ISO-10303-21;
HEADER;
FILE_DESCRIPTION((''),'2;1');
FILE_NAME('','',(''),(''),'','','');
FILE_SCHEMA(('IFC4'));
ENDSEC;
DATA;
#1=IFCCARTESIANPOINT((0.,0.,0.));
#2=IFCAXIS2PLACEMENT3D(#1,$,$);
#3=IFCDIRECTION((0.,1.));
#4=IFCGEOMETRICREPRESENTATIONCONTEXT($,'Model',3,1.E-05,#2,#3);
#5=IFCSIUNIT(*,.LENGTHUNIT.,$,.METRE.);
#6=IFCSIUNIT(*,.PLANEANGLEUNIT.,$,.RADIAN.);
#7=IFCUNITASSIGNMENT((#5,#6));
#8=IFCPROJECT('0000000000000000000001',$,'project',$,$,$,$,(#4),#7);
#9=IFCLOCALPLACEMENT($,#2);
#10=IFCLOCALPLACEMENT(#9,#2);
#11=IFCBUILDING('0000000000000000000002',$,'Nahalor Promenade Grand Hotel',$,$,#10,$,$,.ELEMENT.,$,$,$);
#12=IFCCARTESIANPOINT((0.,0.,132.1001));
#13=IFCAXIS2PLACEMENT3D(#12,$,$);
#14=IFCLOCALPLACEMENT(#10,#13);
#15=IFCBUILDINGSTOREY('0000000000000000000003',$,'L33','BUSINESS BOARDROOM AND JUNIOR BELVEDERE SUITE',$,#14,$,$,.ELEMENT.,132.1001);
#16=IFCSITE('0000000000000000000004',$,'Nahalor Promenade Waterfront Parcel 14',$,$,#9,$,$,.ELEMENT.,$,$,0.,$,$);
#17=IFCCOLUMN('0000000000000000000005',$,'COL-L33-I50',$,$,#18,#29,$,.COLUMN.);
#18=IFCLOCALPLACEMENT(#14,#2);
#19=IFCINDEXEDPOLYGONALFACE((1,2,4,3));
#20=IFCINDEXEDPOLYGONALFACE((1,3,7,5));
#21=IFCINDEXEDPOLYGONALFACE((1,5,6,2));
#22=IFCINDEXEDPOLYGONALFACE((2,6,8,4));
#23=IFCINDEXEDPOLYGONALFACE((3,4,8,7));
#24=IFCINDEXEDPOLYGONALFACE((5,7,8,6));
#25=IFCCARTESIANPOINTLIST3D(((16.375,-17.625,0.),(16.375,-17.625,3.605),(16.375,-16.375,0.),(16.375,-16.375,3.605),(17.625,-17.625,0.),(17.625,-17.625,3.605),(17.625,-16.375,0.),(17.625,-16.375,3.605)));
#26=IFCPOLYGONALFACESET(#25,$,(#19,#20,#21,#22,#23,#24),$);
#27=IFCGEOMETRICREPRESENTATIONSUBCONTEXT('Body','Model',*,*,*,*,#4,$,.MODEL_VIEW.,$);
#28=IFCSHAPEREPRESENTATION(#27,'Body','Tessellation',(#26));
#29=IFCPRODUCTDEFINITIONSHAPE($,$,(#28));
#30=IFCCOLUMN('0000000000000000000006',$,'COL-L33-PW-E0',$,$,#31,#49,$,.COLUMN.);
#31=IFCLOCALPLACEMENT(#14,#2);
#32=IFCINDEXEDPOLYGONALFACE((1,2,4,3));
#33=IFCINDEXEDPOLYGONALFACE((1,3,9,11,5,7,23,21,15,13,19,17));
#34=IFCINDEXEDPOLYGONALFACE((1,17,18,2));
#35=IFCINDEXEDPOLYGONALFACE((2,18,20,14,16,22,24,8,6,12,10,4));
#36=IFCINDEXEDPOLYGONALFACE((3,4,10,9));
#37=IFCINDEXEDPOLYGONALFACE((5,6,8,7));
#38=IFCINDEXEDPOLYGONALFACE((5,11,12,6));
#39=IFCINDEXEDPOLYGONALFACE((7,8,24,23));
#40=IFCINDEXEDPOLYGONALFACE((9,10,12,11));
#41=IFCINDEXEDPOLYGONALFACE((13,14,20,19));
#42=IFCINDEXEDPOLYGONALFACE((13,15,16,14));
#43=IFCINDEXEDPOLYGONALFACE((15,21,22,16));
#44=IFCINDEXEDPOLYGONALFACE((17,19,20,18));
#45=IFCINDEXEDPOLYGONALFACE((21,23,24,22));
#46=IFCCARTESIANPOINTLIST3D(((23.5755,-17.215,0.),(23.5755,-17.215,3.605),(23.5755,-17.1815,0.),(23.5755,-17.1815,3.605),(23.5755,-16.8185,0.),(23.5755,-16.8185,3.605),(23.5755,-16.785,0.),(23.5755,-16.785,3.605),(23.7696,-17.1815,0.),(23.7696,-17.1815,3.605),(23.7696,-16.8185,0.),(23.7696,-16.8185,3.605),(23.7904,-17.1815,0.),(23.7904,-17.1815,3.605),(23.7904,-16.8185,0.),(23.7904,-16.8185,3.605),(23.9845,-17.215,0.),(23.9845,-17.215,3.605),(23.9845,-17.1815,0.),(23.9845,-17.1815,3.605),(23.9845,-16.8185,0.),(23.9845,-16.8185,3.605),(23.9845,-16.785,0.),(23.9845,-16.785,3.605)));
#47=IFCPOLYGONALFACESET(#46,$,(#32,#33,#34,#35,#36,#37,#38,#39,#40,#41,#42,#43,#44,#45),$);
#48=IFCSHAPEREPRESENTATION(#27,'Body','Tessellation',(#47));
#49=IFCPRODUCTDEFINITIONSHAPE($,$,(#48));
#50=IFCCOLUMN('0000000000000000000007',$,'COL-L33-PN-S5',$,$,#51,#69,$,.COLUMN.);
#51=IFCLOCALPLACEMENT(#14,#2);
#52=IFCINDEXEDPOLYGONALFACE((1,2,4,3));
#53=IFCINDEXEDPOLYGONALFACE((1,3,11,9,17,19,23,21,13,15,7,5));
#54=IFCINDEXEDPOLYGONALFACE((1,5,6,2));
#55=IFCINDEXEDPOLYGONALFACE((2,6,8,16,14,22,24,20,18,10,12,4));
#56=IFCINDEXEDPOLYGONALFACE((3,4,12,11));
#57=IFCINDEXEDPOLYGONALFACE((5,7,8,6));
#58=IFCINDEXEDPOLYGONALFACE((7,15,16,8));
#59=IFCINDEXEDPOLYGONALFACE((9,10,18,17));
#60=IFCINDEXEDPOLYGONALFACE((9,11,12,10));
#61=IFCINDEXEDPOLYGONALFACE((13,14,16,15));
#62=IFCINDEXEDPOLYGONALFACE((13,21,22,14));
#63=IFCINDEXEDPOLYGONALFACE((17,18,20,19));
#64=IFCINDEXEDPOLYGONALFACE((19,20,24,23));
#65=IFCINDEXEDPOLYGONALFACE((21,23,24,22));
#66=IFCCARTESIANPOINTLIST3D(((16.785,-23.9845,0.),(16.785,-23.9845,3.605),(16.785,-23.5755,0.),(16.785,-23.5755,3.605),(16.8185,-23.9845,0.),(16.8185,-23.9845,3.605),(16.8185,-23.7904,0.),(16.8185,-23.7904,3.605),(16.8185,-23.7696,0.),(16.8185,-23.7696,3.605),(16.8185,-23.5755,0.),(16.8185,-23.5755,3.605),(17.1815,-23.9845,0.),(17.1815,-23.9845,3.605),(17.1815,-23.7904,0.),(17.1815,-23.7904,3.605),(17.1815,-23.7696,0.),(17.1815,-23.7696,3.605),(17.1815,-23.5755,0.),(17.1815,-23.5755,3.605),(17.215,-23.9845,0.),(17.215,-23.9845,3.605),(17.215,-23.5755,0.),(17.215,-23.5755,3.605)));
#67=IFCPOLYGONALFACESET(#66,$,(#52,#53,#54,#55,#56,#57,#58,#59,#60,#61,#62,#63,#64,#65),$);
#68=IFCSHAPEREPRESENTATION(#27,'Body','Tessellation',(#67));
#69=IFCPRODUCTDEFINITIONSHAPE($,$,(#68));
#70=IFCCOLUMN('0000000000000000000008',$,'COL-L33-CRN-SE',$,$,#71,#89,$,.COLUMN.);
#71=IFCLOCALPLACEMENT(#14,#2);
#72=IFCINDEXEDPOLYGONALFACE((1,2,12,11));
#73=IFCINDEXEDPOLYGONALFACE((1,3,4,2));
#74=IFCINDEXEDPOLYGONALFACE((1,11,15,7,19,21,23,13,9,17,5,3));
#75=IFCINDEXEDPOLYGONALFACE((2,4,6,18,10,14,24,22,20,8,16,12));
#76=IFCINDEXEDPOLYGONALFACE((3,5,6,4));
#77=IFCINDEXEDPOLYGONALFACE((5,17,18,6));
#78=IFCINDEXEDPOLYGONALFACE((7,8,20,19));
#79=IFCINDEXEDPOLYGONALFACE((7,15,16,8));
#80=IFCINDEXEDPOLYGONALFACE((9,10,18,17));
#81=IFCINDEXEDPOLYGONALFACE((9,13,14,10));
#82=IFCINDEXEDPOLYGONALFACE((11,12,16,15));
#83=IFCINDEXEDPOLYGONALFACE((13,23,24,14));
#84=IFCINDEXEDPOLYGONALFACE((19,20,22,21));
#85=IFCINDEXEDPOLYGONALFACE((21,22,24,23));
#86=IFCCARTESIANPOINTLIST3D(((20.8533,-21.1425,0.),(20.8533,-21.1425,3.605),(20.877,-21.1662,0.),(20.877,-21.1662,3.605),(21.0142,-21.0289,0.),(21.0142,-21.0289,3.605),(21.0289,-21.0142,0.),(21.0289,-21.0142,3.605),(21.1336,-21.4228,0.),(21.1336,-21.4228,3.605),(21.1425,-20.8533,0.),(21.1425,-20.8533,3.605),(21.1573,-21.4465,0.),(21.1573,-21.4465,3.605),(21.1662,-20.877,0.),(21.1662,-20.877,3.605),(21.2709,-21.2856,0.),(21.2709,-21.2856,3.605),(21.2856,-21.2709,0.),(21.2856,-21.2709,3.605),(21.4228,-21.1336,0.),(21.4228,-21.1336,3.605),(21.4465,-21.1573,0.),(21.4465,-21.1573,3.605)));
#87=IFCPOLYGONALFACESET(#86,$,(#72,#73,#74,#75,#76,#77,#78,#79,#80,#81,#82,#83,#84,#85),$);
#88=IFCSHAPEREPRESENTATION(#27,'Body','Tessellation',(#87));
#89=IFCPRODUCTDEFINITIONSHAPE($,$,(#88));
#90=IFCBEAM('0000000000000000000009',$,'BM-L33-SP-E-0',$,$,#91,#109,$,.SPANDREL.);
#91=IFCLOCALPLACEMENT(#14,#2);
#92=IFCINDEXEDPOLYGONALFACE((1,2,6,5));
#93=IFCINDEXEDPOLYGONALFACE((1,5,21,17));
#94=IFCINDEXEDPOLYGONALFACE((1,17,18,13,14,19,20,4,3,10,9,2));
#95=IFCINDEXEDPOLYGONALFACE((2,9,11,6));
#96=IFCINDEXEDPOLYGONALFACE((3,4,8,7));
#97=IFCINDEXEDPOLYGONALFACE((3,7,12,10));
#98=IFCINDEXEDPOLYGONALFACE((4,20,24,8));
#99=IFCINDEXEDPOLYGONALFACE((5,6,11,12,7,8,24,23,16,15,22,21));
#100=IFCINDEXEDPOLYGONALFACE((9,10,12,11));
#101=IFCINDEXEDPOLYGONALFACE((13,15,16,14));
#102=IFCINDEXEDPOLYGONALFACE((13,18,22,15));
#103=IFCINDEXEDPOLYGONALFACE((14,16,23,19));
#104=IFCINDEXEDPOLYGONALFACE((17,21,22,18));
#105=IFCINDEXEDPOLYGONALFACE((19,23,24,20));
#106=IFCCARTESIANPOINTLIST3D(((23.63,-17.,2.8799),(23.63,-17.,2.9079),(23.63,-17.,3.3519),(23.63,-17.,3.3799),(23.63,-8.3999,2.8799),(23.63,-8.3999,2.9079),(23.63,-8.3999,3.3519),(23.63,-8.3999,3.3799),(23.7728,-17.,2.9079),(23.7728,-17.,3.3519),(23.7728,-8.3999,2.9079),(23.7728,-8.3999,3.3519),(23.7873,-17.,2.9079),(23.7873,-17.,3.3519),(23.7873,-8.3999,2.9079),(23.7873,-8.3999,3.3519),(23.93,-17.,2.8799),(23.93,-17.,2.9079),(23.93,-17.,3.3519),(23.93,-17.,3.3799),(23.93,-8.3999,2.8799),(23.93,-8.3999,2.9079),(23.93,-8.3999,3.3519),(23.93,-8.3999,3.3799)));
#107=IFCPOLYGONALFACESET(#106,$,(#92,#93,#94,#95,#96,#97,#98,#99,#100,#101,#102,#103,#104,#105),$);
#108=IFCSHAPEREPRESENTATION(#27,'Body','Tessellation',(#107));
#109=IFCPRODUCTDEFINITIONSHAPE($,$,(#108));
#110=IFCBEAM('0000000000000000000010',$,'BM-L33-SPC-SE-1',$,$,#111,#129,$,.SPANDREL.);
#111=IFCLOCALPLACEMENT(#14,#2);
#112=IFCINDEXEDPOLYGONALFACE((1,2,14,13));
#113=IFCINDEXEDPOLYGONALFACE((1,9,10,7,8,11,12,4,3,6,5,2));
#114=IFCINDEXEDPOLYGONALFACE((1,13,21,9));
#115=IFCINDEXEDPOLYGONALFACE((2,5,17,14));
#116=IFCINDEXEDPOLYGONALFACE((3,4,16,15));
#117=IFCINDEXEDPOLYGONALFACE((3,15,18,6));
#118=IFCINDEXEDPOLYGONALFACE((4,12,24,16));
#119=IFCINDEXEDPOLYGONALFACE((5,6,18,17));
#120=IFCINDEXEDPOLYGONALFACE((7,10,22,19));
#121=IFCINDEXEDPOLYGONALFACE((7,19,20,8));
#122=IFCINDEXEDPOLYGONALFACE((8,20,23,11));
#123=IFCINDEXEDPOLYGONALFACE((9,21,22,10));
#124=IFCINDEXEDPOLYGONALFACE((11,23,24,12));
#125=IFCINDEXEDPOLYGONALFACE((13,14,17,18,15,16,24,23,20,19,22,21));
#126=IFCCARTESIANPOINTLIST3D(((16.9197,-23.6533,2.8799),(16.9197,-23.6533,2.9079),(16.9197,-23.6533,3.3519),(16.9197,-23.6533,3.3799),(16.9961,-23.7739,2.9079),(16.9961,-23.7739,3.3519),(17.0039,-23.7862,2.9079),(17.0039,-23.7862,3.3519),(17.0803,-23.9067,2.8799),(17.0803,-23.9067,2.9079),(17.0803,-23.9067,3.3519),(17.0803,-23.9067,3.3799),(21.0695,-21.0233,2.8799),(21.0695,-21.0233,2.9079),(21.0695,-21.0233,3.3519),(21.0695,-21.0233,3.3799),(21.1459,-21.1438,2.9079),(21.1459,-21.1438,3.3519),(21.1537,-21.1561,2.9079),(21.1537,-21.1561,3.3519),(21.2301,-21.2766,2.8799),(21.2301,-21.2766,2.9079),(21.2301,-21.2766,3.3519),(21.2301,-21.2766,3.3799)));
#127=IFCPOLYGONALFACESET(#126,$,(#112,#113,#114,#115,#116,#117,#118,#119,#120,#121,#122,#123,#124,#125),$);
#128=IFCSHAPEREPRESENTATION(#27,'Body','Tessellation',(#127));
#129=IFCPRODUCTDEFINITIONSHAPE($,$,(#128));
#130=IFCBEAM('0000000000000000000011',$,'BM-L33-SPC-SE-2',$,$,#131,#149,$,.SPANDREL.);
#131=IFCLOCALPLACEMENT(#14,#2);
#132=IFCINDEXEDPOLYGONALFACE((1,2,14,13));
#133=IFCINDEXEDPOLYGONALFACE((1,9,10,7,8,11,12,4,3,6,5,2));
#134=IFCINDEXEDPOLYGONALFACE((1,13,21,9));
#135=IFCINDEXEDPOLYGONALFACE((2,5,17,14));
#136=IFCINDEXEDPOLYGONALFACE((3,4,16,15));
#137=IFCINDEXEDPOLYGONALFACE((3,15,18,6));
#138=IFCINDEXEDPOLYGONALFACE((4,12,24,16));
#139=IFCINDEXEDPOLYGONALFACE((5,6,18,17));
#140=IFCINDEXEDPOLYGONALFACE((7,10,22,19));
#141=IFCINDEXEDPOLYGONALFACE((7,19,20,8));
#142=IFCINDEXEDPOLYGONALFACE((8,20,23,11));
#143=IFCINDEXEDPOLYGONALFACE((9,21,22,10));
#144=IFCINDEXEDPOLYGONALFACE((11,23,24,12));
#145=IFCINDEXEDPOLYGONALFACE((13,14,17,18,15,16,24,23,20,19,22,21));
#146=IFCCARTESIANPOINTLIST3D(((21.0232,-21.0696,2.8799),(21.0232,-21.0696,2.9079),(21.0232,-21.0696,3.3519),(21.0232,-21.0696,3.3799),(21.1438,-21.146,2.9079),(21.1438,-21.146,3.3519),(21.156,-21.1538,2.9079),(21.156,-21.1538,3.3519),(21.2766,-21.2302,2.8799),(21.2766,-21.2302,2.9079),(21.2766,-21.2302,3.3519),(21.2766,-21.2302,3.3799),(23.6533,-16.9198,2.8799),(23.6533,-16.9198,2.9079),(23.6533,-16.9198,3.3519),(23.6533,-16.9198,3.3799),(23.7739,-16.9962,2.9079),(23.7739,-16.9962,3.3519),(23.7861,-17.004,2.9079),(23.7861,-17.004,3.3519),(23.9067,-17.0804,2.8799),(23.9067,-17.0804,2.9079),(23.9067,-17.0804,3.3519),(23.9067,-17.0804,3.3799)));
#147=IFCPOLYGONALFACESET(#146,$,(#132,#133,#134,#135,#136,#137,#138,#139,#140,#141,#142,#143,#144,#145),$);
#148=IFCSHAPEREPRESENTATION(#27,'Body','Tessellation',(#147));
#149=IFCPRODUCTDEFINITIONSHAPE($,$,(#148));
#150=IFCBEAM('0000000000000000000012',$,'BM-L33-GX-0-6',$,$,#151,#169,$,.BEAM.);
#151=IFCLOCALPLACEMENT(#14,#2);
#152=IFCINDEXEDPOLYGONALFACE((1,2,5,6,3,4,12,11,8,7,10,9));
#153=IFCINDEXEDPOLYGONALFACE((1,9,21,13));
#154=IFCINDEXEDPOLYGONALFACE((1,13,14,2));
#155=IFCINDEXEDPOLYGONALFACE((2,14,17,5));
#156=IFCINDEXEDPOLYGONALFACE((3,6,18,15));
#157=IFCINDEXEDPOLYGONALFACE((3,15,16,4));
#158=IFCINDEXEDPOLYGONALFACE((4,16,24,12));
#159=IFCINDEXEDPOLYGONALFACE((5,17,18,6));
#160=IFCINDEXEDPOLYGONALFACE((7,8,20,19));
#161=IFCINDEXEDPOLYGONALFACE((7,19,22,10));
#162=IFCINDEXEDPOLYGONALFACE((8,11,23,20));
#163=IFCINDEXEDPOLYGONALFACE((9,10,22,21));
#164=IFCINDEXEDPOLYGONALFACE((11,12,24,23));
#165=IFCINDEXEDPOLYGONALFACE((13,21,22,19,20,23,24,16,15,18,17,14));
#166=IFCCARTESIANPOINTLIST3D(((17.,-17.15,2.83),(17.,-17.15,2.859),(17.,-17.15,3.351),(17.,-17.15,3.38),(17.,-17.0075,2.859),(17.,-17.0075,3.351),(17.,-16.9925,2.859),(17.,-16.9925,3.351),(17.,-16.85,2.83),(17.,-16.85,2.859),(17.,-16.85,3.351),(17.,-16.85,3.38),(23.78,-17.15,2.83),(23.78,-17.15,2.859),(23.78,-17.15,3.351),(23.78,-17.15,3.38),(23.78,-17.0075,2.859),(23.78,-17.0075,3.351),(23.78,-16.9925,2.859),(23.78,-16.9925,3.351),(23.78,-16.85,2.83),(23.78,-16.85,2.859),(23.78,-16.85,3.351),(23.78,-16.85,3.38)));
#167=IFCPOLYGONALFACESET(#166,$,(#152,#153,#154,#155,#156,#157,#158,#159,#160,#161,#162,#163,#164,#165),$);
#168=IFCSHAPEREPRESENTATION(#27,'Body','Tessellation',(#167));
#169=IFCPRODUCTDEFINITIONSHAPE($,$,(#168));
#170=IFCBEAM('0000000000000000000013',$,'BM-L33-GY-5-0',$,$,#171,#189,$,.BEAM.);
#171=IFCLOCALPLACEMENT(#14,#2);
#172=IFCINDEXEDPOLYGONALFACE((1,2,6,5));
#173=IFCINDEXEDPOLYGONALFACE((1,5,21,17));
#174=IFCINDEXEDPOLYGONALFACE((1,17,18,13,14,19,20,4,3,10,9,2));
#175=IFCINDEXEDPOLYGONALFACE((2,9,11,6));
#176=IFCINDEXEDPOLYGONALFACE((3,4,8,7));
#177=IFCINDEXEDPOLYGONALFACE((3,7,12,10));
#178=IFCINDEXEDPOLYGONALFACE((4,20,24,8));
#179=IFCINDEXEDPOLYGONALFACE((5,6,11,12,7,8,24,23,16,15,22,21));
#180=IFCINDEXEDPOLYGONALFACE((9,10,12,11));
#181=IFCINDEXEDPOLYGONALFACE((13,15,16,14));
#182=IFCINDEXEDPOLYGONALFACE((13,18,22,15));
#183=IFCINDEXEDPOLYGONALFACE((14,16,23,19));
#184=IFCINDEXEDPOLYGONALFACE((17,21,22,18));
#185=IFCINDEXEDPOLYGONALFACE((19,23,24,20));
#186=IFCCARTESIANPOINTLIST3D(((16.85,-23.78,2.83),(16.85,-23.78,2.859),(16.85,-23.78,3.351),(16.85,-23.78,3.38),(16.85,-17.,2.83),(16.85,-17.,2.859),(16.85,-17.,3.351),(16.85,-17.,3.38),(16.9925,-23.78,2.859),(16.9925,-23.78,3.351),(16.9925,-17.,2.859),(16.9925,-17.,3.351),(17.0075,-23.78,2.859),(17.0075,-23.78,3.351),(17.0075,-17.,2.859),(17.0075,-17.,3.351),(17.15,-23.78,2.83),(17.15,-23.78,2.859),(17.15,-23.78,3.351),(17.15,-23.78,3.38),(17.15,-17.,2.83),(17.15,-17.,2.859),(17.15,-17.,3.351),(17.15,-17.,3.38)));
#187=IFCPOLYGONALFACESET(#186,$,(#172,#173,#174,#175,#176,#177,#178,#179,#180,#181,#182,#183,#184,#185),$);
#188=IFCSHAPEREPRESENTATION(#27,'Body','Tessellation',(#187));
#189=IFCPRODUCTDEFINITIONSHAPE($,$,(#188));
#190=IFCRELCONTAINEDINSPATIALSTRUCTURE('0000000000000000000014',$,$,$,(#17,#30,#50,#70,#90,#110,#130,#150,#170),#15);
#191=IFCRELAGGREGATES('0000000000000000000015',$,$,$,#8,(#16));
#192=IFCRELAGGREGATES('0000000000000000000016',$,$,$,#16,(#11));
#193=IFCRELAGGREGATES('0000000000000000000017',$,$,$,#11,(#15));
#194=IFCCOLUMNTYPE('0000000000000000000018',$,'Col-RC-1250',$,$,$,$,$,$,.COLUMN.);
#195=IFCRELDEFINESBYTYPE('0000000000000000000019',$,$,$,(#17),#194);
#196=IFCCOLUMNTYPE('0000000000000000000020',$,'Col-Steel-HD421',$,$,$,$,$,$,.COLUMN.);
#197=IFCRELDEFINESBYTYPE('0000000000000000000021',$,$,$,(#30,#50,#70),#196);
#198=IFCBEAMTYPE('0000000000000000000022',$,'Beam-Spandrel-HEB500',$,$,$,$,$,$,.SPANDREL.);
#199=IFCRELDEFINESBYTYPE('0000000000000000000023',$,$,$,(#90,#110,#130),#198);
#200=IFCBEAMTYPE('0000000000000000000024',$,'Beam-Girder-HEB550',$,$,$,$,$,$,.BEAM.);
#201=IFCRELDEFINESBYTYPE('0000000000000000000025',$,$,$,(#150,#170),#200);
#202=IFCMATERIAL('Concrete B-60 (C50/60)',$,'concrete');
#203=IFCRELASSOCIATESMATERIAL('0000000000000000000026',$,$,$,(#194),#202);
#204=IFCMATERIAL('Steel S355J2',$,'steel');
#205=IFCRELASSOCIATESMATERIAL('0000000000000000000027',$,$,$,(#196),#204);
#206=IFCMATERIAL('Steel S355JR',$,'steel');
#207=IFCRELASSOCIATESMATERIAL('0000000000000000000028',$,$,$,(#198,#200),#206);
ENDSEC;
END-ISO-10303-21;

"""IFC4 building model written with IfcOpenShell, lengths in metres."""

from ifc_helpers import new_model, si_unit, direction, frame, origin, origin_2d, place, context, subcontext, project, spatial, rectangle, i_section, extrude, source, transform, mapped, material, material_profile, profile_set, type_object, element, save


model = new_model("IFC4")

# Units and contexts
model_context = context("Model", 3, precision=1e-05, world=origin(), true_north=direction((0.0, 1.0)))
body_context = subcontext(model_context, "Body", "Model", "MODEL_VIEW")
ifc_project = project(units=[si_unit("LENGTHUNIT", "METRE"), si_unit("PLANEANGLEUNIT", "RADIAN")], contexts=[model_context])

# Site, building, storey
site_placement = place(None, origin())
site = spatial("IfcSite", under=ifc_project, at=site_placement, Name="Nahalor Promenade Waterfront Parcel 14", CompositionType="ELEMENT", RefElevation=0.0)
building_placement = place(site_placement, origin())
building = spatial("IfcBuilding", under=site, at=building_placement, Name="Nahalor Promenade Grand Hotel", CompositionType="ELEMENT")
storey_placement = place(building_placement, frame((0.0, 0.0, 132.1001)))
storey = spatial("IfcBuildingStorey", under=building, at=storey_placement, Name="L33", Description="BUSINESS BOARDROOM AND JUNIOR BELVEDERE SUITE", CompositionType="ELEMENT", Elevation=132.1001)

# Columns
ifc_material_1 = material(Name="Concrete B-60 (C50/60)", Category="concrete")
ifc_material_profile_1 = material_profile(ifc_material_1, rectangle(XDim=1.25, YDim=1.25, at=origin_2d()), Name="RC 1250x1250")
ifc_profile_set_1 = profile_set([ifc_material_profile_1], Name="Concrete B-60 (C50/60)")
column_type_1 = type_object("IfcColumnType", Name="Col-RC-1250", PredefinedType="COLUMN", material=ifc_profile_set_1)
shared_shape_1 = source(origin(), body_context, "Body", "SweptSolid", [
    extrude(rectangle(XDim=1.25, YDim=1.25, at=origin_2d()), origin(), (0.0, 0.0, 1.0), 3.605),
])
column_placement = place(storey_placement, frame((17.0, -17.0, 0.0), z_axis=(0.0, 0.0, 1.0), x_axis=(1.0, 0.0, 0.0)))
element("IfcColumn", 1, at=column_placement, inside=storey, type_object=column_type_1, Name="COL-L33-I50", PredefinedType="COLUMN", context=body_context, shape_type="MappedRepresentation", body=[
    mapped(shared_shape_1, transform((0.0, 0.0, 0.0), scale=1.0)),
])
ifc_material_2 = material(Name="Steel S355J2", Category="steel")
ifc_material_profile_2 = material_profile(ifc_material_2, i_section(OverallWidth=0.409, OverallDepth=0.43, WebThickness=0.0208, FlangeThickness=0.0335, at=origin_2d()), Name="HD 400x421")
ifc_profile_set_2 = profile_set([ifc_material_profile_2], Name="Steel S355J2")
column_type_2 = type_object("IfcColumnType", Name="Col-Steel-HD421", PredefinedType="COLUMN", material=ifc_profile_set_2)
shared_shape_2 = source(origin(), body_context, "Body", "SweptSolid", [
    extrude(i_section(OverallWidth=0.409, OverallDepth=0.43, WebThickness=0.0208, FlangeThickness=0.0335, at=origin_2d()), origin(), (0.0, 0.0, 1.0), 3.605),
])
for number, where, z_axis, x_axis, name in (
    (2, (23.78, -17.0, 0.0), (0.0, 0.0, 1.0), (1.0, 0.0, 0.0), "COL-L33-PW-E0"),
    (3, (17.0, -23.78, 0.0), (0.0, 0.0, 1.0), (0.0, 1.0, 0.0), "COL-L33-PN-S5"),
    (4, (21.1499, -21.1499, 0.0), (0.0, 0.0, 1.0), (0.707107, 0.707107, 0.0), "COL-L33-CRN-SE"),
):
    element("IfcColumn", number, at=place(storey_placement, frame(where, z_axis=z_axis, x_axis=x_axis)), inside=storey, type_object=column_type_2, Name=name, PredefinedType="COLUMN", context=body_context, shape_type="MappedRepresentation", body=[
        mapped(shared_shape_2, transform((0.0, 0.0, 0.0), scale=1.0)),
    ])

# Beams
ifc_material_3 = material(Name="Steel S355JR", Category="steel")
ifc_material_profile_3 = material_profile(ifc_material_3, i_section(OverallWidth=0.3, OverallDepth=0.5, WebThickness=0.0145, FlangeThickness=0.028, at=origin_2d()), Name="HEB 500")
ifc_profile_set_3 = profile_set([ifc_material_profile_3], Name="Steel S355JR")
beam_type_1 = type_object("IfcBeamType", Name="Beam-Spandrel-HEB500", PredefinedType="SPANDREL", material=ifc_profile_set_3)
shared_shape_3 = source(origin(), body_context, "Body", "SweptSolid", [
    extrude(i_section(OverallWidth=0.3, OverallDepth=0.5, WebThickness=0.0145, FlangeThickness=0.028, at=origin_2d()), origin(), (0.0, 0.0, 1.0), 8.6001),
])
beam_1_placement = place(storey_placement, frame((23.78, -17.0, 3.1299), z_axis=(0.0, 1.0, 0.0), x_axis=(-1.0, 0.0, 0.0)))
element("IfcBeam", 5, at=beam_1_placement, inside=storey, type_object=beam_type_1, Name="BM-L33-SP-E-0", PredefinedType="SPANDREL", context=body_context, shape_type="MappedRepresentation", body=[
    mapped(shared_shape_3, transform((0.0, 0.0, 0.0), scale=1.0)),
])
shared_shape_4 = source(origin(), body_context, "Body", "SweptSolid", [
    extrude(i_section(OverallWidth=0.3, OverallDepth=0.5, WebThickness=0.0145, FlangeThickness=0.028, at=origin_2d()), origin(), (0.0, 0.0, 1.0), 4.9131),
])
for number, where, z_axis, x_axis, name in (
    (6, (17.0, -23.78, 3.1299), (0.844648, 0.535322, 0.0), (-0.535322, 0.844648, 0.0), "BM-L33-SPC-SE-1"),
    (7, (21.1499, -21.1499, 3.1299), (0.535322, 0.844648, 0.0), (-0.844648, 0.535322, 0.0), "BM-L33-SPC-SE-2"),
):
    element("IfcBeam", number, at=place(storey_placement, frame(where, z_axis=z_axis, x_axis=x_axis)), inside=storey, type_object=beam_type_1, Name=name, PredefinedType="SPANDREL", context=body_context, shape_type="MappedRepresentation", body=[
        mapped(shared_shape_4, transform((0.0, 0.0, 0.0), scale=1.0)),
    ])
ifc_material_profile_4 = material_profile(ifc_material_3, i_section(OverallWidth=0.3, OverallDepth=0.55, WebThickness=0.015, FlangeThickness=0.029, at=origin_2d()), Name="HEB 550")
ifc_profile_set_4 = profile_set([ifc_material_profile_4], Name="Steel S355JR")
beam_type_2 = type_object("IfcBeamType", Name="Beam-Girder-HEB550", PredefinedType="BEAM", material=ifc_profile_set_4)
shared_shape_5 = source(origin(), body_context, "Body", "SweptSolid", [
    extrude(i_section(OverallWidth=0.3, OverallDepth=0.55, WebThickness=0.015, FlangeThickness=0.029, at=origin_2d()), origin(), (0.0, 0.0, 1.0), 6.78),
])
for number, where, z_axis, x_axis, name in (
    (8, (17.0, -17.0, 3.105), (1.0, 0.0, 0.0), (0.0, 1.0, 0.0), "BM-L33-GX-0-6"),
    (9, (17.0, -23.78, 3.105), (0.0, 1.0, 0.0), (-1.0, 0.0, 0.0), "BM-L33-GY-5-0"),
):
    element("IfcBeam", number, at=place(storey_placement, frame(where, z_axis=z_axis, x_axis=x_axis)), inside=storey, type_object=beam_type_2, Name=name, PredefinedType="BEAM", context=body_context, shape_type="MappedRepresentation", body=[
        mapped(shared_shape_5, transform((0.0, 0.0, 0.0), scale=1.0)),
    ])

save(model, "model.ifc")
